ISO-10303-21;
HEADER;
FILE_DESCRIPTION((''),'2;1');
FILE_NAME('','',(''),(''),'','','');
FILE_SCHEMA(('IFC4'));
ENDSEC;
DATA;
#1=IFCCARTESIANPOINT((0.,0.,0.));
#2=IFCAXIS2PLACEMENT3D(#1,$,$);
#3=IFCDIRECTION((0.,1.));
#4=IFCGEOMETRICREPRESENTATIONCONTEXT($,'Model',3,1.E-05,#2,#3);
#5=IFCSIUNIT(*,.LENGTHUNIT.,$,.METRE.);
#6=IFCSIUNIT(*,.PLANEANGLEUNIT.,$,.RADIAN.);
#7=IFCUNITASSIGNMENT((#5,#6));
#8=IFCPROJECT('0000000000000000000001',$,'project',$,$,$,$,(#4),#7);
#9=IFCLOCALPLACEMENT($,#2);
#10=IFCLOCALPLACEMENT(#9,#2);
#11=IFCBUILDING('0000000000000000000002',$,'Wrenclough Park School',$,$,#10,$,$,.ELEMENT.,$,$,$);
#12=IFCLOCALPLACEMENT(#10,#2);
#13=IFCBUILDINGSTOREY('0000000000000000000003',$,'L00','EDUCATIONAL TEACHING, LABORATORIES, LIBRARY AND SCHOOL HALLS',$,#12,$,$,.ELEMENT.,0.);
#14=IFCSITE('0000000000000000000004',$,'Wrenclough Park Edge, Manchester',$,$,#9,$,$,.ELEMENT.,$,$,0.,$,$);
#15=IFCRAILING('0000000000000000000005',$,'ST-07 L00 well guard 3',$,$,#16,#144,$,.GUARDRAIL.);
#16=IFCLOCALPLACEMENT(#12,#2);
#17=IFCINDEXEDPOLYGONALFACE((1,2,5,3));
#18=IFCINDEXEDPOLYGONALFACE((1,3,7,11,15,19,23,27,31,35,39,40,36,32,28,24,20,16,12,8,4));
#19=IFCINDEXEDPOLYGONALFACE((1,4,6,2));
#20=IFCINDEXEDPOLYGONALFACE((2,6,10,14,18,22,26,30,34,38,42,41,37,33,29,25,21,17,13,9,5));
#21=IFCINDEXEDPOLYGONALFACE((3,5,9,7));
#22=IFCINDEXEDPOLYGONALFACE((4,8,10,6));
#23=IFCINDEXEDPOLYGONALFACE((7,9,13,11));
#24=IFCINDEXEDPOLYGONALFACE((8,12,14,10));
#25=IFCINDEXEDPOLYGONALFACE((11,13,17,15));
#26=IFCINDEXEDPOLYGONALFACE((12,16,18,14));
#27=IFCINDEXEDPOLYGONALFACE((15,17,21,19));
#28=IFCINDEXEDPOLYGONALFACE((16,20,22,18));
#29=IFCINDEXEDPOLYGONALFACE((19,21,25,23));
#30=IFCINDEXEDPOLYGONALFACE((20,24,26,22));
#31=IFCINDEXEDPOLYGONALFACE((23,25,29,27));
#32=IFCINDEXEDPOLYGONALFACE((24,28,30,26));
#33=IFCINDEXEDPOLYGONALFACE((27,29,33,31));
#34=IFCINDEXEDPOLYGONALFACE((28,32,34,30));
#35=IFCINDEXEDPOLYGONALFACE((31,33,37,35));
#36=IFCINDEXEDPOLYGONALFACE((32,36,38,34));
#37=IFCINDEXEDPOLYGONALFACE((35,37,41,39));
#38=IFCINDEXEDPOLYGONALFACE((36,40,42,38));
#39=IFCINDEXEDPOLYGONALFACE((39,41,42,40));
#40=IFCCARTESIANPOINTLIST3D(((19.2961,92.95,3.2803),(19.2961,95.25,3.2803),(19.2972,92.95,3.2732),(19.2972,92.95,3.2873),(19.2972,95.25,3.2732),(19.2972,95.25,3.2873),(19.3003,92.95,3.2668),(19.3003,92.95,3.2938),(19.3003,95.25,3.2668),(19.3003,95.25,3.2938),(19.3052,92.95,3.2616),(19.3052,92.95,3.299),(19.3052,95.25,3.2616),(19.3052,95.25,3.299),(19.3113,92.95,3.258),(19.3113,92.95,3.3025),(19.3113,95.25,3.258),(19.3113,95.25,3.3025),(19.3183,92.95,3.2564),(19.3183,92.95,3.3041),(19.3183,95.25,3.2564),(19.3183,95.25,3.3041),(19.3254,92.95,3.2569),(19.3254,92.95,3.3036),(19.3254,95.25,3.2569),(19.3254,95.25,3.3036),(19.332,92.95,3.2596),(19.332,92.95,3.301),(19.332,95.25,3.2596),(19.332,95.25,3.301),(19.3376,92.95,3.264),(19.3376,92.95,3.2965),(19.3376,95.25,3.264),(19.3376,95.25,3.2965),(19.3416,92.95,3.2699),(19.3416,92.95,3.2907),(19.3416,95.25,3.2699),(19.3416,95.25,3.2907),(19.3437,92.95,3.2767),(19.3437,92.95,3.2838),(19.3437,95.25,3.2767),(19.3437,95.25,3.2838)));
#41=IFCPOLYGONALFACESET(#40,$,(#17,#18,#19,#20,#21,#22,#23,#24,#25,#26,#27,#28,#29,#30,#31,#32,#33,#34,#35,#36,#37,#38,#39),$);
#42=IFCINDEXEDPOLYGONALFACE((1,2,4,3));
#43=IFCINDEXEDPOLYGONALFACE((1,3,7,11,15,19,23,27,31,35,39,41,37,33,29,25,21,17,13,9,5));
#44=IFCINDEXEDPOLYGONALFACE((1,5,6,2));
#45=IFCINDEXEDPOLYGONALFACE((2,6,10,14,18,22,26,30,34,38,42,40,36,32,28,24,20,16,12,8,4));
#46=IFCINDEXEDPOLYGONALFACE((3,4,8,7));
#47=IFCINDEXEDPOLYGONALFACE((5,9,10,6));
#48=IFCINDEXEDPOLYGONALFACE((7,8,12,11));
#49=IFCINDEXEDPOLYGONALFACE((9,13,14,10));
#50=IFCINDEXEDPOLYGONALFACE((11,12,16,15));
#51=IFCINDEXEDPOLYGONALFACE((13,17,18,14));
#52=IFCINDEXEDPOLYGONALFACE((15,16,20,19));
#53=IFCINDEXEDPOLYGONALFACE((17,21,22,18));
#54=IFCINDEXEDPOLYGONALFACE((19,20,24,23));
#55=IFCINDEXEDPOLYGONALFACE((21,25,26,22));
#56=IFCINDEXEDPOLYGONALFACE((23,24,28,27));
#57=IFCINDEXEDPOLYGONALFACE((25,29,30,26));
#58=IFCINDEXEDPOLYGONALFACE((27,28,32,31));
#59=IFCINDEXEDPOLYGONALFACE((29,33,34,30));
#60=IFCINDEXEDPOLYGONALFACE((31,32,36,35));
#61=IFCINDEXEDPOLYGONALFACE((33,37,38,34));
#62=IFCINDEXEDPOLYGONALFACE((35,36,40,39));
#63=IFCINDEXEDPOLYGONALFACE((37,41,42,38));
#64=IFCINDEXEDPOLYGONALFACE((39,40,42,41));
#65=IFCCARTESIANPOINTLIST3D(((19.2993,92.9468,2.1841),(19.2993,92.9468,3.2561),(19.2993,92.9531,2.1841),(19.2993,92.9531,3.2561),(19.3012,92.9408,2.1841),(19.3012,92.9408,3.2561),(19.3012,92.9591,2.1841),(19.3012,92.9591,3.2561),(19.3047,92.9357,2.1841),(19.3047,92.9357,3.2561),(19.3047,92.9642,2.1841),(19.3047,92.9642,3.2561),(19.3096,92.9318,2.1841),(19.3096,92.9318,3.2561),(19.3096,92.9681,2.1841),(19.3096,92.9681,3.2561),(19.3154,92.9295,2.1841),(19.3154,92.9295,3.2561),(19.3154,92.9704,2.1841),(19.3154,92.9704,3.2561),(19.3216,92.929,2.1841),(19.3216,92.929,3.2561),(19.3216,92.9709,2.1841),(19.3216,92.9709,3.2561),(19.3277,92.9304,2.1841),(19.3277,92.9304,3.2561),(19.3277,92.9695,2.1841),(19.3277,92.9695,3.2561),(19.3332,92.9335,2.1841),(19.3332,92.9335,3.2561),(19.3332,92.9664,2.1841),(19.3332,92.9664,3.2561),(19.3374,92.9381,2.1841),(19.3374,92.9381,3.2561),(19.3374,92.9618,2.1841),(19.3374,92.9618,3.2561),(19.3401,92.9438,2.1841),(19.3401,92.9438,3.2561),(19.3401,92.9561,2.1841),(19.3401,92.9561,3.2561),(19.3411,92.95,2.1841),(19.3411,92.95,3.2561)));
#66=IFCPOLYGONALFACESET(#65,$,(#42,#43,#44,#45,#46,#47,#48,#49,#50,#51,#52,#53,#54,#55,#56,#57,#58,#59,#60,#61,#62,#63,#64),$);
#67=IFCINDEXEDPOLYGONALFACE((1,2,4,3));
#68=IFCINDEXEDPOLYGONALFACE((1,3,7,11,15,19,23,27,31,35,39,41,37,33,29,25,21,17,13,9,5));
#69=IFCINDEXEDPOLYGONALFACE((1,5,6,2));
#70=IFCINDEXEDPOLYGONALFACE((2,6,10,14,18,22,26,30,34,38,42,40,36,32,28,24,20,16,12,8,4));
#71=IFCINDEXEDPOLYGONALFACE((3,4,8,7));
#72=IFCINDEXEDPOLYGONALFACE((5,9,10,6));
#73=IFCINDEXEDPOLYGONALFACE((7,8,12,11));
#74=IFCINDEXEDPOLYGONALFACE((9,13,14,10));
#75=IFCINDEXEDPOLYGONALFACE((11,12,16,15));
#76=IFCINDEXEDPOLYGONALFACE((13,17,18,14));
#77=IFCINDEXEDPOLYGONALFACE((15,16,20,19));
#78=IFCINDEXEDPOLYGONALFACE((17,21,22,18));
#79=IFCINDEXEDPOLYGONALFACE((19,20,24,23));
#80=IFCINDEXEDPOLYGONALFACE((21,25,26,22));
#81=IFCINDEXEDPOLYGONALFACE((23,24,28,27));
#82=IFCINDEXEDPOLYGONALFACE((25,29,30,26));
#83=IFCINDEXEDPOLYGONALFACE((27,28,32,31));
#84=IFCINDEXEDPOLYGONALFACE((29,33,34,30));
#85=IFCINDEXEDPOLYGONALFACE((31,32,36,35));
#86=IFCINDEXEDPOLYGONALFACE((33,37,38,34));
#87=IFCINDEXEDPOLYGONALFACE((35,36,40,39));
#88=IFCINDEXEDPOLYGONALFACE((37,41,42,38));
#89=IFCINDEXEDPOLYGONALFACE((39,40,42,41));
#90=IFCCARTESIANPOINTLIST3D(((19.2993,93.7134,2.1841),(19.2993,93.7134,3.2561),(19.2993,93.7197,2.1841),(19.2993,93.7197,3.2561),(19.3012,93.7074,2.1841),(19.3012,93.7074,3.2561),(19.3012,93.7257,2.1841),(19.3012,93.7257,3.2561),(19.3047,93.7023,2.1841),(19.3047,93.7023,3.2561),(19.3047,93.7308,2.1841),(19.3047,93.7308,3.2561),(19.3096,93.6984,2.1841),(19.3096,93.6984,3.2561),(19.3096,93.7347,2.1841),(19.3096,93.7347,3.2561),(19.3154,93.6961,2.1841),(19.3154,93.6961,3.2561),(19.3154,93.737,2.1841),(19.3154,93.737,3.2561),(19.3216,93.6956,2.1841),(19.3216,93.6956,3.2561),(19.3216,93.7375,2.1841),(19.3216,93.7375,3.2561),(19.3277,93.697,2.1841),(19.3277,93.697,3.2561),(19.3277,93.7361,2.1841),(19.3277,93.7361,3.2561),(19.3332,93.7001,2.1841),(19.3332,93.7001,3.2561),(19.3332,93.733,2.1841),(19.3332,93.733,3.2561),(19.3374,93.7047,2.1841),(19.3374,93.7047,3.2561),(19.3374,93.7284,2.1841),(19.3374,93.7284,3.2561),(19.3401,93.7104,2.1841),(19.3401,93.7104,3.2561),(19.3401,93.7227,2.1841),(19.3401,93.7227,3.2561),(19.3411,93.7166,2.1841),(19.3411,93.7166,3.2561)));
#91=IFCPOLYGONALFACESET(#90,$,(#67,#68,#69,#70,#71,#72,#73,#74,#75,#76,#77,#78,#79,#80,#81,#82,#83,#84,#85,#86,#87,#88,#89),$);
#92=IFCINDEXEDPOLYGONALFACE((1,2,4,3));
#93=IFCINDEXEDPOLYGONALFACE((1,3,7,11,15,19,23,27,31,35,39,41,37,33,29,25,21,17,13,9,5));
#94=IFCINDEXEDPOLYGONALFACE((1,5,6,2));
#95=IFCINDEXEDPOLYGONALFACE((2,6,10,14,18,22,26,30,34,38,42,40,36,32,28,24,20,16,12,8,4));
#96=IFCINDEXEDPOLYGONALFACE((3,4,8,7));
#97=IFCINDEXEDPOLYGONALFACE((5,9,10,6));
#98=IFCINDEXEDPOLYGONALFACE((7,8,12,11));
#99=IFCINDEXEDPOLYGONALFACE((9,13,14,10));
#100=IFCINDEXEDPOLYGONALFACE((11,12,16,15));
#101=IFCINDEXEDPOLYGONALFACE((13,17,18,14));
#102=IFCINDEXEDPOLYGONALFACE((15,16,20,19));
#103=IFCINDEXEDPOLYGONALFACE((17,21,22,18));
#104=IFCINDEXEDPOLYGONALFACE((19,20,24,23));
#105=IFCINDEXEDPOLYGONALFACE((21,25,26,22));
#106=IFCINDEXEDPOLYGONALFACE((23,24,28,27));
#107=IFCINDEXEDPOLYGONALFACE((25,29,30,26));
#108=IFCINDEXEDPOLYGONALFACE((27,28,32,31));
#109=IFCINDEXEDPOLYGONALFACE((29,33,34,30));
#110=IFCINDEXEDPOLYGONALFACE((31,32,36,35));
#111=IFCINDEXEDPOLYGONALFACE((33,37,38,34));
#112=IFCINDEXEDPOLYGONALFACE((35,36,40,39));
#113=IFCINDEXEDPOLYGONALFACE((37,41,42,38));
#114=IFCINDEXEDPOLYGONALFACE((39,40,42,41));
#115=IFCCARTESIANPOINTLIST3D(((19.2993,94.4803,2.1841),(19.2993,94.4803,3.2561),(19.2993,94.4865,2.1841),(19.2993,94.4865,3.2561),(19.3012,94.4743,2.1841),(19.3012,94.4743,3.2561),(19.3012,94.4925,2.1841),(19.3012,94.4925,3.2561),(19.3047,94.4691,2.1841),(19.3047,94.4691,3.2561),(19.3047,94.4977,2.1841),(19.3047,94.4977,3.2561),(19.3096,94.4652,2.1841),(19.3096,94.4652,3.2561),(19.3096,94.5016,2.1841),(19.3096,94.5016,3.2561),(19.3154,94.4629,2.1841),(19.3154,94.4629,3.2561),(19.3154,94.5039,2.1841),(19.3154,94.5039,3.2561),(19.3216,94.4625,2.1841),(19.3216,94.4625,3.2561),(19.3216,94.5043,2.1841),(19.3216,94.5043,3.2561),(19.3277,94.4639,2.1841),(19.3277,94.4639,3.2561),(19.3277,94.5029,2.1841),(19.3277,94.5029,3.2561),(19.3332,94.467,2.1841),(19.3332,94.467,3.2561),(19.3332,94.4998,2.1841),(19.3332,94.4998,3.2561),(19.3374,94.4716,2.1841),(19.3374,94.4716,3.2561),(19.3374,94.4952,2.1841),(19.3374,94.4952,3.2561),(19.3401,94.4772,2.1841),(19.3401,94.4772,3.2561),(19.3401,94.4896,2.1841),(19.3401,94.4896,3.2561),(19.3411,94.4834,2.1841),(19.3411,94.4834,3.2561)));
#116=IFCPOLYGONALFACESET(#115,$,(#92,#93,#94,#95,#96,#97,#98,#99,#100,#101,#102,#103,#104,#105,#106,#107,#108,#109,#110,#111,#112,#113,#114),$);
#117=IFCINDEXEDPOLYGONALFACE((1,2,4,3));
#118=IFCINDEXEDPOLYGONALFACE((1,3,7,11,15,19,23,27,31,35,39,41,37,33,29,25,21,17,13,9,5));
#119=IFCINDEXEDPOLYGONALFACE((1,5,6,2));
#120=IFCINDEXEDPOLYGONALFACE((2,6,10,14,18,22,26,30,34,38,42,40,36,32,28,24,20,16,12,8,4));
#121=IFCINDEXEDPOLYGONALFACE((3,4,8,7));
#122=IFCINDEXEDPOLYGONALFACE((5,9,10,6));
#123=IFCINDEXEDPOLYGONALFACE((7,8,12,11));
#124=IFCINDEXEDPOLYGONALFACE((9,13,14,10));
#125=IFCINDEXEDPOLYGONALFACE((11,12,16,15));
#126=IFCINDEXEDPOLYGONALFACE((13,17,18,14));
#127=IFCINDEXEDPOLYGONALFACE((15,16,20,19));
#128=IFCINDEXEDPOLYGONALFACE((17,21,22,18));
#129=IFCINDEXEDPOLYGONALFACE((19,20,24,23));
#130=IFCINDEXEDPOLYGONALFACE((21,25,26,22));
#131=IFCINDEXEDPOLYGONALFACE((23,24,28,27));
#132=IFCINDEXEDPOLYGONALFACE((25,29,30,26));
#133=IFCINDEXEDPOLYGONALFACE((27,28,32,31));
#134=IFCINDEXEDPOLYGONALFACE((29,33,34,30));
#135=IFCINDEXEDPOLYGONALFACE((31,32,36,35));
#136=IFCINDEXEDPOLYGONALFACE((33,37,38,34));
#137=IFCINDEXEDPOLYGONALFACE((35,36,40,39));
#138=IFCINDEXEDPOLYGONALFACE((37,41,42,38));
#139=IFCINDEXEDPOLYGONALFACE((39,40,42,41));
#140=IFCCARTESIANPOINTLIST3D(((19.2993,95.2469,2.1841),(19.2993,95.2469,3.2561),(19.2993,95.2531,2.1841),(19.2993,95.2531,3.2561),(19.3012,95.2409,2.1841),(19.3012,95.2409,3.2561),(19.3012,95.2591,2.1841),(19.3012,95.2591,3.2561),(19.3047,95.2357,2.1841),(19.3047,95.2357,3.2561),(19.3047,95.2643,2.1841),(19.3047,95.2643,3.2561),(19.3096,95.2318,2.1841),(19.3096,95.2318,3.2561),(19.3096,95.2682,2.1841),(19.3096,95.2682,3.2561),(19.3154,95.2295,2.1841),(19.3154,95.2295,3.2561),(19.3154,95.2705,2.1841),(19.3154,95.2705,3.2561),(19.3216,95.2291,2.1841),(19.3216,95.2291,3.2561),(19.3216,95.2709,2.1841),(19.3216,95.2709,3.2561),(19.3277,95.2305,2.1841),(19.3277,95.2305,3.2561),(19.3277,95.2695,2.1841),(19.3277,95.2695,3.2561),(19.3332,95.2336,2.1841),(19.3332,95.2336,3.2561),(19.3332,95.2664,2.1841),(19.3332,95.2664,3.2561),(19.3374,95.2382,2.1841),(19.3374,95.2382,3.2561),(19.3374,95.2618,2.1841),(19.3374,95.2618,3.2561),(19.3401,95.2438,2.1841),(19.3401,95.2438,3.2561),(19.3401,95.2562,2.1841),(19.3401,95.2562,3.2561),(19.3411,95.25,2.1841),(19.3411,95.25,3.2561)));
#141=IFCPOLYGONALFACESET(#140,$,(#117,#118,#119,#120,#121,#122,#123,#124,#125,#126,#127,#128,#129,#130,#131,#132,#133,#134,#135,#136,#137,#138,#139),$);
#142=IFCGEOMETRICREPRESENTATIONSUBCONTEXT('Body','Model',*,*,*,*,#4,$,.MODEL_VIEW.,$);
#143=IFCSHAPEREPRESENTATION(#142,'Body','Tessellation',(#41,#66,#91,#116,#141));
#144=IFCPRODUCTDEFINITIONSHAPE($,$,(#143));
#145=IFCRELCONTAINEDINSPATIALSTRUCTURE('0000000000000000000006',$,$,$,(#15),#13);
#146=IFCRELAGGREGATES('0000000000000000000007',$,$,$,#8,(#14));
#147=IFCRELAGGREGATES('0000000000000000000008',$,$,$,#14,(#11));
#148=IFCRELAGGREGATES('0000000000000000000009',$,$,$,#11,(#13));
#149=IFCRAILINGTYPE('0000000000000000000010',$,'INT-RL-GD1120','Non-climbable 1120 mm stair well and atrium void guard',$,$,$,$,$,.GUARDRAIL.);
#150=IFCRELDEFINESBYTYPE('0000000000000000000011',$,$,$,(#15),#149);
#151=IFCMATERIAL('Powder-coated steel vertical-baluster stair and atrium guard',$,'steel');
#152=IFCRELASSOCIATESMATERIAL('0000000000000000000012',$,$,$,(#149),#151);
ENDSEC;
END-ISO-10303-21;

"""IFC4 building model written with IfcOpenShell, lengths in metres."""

from ifc_helpers import new_model, si_unit, direction, frame, origin, origin_2d, place, context, subcontext, project, spatial, circle, extrude, material, type_object, element, save


model = new_model("IFC4")

# Units and contexts
model_context = context("Model", 3, precision=1e-05, world=origin(), true_north=direction((0.0, 1.0)))
body_context = subcontext(model_context, "Body", "Model", "MODEL_VIEW")
ifc_project = project(units=[si_unit("LENGTHUNIT", "METRE"), si_unit("PLANEANGLEUNIT", "RADIAN")], contexts=[model_context])

# Site, building, storey
site_placement = place(None, origin())
site = spatial("IfcSite", under=ifc_project, at=site_placement, Name="Wrenclough Park Edge, Manchester", CompositionType="ELEMENT", RefElevation=0.0)
building_placement = place(site_placement, origin())
building = spatial("IfcBuilding", under=site, at=building_placement, Name="Wrenclough Park School", CompositionType="ELEMENT")
storey_placement = place(building_placement, origin())
storey = spatial("IfcBuildingStorey", under=building, at=storey_placement, Name="L00", Description="EDUCATIONAL TEACHING, LABORATORIES, LIBRARY AND SCHOOL HALLS", CompositionType="ELEMENT", Elevation=0.0)

# Railing
ifc_material_1 = material(Name="Powder-coated steel vertical-baluster stair and atrium guard", Category="steel")
railing_type_1 = type_object("IfcRailingType", Name="INT-RL-GD1120", Description="Non-climbable 1120 mm stair well and atrium void guard", PredefinedType="GUARDRAIL", material=ifc_material_1)
railing_1_placement = place(storey_placement, frame((19.3201, 92.95, 2.1841)))
element("IfcRailing", 1, at=railing_1_placement, inside=storey, type_object=railing_type_1, Name="ST-07 L00 well guard 3", PredefinedType="GUARDRAIL", context=body_context, shape_type="SweptSolid", body=[
    extrude(circle(Radius=0.0239, at=origin_2d()), frame((0.0, 0.0, 1.0962), z_axis=(0.0, 1.0, 0.0), x_axis=(-1.0, 0.0, 0.0)), (0.0, 0.0, 1.0), 2.3),
    extrude(circle(Radius=0.021, at=origin_2d()), origin(), (0.0, 0.0, 1.0), 1.072),
    extrude(circle(Radius=0.021, at=origin_2d()), frame((0.0, 0.7666, 0.0)), (0.0, 0.0, 1.0), 1.072),
    extrude(circle(Radius=0.021, at=origin_2d()), frame((0.0, 1.5334, 0.0)), (0.0, 0.0, 1.0), 1.072),
    extrude(circle(Radius=0.021, at=origin_2d()), frame((0.0, 2.3, 0.0)), (0.0, 0.0, 1.0), 1.072),
])

save(model, "model.ifc")
